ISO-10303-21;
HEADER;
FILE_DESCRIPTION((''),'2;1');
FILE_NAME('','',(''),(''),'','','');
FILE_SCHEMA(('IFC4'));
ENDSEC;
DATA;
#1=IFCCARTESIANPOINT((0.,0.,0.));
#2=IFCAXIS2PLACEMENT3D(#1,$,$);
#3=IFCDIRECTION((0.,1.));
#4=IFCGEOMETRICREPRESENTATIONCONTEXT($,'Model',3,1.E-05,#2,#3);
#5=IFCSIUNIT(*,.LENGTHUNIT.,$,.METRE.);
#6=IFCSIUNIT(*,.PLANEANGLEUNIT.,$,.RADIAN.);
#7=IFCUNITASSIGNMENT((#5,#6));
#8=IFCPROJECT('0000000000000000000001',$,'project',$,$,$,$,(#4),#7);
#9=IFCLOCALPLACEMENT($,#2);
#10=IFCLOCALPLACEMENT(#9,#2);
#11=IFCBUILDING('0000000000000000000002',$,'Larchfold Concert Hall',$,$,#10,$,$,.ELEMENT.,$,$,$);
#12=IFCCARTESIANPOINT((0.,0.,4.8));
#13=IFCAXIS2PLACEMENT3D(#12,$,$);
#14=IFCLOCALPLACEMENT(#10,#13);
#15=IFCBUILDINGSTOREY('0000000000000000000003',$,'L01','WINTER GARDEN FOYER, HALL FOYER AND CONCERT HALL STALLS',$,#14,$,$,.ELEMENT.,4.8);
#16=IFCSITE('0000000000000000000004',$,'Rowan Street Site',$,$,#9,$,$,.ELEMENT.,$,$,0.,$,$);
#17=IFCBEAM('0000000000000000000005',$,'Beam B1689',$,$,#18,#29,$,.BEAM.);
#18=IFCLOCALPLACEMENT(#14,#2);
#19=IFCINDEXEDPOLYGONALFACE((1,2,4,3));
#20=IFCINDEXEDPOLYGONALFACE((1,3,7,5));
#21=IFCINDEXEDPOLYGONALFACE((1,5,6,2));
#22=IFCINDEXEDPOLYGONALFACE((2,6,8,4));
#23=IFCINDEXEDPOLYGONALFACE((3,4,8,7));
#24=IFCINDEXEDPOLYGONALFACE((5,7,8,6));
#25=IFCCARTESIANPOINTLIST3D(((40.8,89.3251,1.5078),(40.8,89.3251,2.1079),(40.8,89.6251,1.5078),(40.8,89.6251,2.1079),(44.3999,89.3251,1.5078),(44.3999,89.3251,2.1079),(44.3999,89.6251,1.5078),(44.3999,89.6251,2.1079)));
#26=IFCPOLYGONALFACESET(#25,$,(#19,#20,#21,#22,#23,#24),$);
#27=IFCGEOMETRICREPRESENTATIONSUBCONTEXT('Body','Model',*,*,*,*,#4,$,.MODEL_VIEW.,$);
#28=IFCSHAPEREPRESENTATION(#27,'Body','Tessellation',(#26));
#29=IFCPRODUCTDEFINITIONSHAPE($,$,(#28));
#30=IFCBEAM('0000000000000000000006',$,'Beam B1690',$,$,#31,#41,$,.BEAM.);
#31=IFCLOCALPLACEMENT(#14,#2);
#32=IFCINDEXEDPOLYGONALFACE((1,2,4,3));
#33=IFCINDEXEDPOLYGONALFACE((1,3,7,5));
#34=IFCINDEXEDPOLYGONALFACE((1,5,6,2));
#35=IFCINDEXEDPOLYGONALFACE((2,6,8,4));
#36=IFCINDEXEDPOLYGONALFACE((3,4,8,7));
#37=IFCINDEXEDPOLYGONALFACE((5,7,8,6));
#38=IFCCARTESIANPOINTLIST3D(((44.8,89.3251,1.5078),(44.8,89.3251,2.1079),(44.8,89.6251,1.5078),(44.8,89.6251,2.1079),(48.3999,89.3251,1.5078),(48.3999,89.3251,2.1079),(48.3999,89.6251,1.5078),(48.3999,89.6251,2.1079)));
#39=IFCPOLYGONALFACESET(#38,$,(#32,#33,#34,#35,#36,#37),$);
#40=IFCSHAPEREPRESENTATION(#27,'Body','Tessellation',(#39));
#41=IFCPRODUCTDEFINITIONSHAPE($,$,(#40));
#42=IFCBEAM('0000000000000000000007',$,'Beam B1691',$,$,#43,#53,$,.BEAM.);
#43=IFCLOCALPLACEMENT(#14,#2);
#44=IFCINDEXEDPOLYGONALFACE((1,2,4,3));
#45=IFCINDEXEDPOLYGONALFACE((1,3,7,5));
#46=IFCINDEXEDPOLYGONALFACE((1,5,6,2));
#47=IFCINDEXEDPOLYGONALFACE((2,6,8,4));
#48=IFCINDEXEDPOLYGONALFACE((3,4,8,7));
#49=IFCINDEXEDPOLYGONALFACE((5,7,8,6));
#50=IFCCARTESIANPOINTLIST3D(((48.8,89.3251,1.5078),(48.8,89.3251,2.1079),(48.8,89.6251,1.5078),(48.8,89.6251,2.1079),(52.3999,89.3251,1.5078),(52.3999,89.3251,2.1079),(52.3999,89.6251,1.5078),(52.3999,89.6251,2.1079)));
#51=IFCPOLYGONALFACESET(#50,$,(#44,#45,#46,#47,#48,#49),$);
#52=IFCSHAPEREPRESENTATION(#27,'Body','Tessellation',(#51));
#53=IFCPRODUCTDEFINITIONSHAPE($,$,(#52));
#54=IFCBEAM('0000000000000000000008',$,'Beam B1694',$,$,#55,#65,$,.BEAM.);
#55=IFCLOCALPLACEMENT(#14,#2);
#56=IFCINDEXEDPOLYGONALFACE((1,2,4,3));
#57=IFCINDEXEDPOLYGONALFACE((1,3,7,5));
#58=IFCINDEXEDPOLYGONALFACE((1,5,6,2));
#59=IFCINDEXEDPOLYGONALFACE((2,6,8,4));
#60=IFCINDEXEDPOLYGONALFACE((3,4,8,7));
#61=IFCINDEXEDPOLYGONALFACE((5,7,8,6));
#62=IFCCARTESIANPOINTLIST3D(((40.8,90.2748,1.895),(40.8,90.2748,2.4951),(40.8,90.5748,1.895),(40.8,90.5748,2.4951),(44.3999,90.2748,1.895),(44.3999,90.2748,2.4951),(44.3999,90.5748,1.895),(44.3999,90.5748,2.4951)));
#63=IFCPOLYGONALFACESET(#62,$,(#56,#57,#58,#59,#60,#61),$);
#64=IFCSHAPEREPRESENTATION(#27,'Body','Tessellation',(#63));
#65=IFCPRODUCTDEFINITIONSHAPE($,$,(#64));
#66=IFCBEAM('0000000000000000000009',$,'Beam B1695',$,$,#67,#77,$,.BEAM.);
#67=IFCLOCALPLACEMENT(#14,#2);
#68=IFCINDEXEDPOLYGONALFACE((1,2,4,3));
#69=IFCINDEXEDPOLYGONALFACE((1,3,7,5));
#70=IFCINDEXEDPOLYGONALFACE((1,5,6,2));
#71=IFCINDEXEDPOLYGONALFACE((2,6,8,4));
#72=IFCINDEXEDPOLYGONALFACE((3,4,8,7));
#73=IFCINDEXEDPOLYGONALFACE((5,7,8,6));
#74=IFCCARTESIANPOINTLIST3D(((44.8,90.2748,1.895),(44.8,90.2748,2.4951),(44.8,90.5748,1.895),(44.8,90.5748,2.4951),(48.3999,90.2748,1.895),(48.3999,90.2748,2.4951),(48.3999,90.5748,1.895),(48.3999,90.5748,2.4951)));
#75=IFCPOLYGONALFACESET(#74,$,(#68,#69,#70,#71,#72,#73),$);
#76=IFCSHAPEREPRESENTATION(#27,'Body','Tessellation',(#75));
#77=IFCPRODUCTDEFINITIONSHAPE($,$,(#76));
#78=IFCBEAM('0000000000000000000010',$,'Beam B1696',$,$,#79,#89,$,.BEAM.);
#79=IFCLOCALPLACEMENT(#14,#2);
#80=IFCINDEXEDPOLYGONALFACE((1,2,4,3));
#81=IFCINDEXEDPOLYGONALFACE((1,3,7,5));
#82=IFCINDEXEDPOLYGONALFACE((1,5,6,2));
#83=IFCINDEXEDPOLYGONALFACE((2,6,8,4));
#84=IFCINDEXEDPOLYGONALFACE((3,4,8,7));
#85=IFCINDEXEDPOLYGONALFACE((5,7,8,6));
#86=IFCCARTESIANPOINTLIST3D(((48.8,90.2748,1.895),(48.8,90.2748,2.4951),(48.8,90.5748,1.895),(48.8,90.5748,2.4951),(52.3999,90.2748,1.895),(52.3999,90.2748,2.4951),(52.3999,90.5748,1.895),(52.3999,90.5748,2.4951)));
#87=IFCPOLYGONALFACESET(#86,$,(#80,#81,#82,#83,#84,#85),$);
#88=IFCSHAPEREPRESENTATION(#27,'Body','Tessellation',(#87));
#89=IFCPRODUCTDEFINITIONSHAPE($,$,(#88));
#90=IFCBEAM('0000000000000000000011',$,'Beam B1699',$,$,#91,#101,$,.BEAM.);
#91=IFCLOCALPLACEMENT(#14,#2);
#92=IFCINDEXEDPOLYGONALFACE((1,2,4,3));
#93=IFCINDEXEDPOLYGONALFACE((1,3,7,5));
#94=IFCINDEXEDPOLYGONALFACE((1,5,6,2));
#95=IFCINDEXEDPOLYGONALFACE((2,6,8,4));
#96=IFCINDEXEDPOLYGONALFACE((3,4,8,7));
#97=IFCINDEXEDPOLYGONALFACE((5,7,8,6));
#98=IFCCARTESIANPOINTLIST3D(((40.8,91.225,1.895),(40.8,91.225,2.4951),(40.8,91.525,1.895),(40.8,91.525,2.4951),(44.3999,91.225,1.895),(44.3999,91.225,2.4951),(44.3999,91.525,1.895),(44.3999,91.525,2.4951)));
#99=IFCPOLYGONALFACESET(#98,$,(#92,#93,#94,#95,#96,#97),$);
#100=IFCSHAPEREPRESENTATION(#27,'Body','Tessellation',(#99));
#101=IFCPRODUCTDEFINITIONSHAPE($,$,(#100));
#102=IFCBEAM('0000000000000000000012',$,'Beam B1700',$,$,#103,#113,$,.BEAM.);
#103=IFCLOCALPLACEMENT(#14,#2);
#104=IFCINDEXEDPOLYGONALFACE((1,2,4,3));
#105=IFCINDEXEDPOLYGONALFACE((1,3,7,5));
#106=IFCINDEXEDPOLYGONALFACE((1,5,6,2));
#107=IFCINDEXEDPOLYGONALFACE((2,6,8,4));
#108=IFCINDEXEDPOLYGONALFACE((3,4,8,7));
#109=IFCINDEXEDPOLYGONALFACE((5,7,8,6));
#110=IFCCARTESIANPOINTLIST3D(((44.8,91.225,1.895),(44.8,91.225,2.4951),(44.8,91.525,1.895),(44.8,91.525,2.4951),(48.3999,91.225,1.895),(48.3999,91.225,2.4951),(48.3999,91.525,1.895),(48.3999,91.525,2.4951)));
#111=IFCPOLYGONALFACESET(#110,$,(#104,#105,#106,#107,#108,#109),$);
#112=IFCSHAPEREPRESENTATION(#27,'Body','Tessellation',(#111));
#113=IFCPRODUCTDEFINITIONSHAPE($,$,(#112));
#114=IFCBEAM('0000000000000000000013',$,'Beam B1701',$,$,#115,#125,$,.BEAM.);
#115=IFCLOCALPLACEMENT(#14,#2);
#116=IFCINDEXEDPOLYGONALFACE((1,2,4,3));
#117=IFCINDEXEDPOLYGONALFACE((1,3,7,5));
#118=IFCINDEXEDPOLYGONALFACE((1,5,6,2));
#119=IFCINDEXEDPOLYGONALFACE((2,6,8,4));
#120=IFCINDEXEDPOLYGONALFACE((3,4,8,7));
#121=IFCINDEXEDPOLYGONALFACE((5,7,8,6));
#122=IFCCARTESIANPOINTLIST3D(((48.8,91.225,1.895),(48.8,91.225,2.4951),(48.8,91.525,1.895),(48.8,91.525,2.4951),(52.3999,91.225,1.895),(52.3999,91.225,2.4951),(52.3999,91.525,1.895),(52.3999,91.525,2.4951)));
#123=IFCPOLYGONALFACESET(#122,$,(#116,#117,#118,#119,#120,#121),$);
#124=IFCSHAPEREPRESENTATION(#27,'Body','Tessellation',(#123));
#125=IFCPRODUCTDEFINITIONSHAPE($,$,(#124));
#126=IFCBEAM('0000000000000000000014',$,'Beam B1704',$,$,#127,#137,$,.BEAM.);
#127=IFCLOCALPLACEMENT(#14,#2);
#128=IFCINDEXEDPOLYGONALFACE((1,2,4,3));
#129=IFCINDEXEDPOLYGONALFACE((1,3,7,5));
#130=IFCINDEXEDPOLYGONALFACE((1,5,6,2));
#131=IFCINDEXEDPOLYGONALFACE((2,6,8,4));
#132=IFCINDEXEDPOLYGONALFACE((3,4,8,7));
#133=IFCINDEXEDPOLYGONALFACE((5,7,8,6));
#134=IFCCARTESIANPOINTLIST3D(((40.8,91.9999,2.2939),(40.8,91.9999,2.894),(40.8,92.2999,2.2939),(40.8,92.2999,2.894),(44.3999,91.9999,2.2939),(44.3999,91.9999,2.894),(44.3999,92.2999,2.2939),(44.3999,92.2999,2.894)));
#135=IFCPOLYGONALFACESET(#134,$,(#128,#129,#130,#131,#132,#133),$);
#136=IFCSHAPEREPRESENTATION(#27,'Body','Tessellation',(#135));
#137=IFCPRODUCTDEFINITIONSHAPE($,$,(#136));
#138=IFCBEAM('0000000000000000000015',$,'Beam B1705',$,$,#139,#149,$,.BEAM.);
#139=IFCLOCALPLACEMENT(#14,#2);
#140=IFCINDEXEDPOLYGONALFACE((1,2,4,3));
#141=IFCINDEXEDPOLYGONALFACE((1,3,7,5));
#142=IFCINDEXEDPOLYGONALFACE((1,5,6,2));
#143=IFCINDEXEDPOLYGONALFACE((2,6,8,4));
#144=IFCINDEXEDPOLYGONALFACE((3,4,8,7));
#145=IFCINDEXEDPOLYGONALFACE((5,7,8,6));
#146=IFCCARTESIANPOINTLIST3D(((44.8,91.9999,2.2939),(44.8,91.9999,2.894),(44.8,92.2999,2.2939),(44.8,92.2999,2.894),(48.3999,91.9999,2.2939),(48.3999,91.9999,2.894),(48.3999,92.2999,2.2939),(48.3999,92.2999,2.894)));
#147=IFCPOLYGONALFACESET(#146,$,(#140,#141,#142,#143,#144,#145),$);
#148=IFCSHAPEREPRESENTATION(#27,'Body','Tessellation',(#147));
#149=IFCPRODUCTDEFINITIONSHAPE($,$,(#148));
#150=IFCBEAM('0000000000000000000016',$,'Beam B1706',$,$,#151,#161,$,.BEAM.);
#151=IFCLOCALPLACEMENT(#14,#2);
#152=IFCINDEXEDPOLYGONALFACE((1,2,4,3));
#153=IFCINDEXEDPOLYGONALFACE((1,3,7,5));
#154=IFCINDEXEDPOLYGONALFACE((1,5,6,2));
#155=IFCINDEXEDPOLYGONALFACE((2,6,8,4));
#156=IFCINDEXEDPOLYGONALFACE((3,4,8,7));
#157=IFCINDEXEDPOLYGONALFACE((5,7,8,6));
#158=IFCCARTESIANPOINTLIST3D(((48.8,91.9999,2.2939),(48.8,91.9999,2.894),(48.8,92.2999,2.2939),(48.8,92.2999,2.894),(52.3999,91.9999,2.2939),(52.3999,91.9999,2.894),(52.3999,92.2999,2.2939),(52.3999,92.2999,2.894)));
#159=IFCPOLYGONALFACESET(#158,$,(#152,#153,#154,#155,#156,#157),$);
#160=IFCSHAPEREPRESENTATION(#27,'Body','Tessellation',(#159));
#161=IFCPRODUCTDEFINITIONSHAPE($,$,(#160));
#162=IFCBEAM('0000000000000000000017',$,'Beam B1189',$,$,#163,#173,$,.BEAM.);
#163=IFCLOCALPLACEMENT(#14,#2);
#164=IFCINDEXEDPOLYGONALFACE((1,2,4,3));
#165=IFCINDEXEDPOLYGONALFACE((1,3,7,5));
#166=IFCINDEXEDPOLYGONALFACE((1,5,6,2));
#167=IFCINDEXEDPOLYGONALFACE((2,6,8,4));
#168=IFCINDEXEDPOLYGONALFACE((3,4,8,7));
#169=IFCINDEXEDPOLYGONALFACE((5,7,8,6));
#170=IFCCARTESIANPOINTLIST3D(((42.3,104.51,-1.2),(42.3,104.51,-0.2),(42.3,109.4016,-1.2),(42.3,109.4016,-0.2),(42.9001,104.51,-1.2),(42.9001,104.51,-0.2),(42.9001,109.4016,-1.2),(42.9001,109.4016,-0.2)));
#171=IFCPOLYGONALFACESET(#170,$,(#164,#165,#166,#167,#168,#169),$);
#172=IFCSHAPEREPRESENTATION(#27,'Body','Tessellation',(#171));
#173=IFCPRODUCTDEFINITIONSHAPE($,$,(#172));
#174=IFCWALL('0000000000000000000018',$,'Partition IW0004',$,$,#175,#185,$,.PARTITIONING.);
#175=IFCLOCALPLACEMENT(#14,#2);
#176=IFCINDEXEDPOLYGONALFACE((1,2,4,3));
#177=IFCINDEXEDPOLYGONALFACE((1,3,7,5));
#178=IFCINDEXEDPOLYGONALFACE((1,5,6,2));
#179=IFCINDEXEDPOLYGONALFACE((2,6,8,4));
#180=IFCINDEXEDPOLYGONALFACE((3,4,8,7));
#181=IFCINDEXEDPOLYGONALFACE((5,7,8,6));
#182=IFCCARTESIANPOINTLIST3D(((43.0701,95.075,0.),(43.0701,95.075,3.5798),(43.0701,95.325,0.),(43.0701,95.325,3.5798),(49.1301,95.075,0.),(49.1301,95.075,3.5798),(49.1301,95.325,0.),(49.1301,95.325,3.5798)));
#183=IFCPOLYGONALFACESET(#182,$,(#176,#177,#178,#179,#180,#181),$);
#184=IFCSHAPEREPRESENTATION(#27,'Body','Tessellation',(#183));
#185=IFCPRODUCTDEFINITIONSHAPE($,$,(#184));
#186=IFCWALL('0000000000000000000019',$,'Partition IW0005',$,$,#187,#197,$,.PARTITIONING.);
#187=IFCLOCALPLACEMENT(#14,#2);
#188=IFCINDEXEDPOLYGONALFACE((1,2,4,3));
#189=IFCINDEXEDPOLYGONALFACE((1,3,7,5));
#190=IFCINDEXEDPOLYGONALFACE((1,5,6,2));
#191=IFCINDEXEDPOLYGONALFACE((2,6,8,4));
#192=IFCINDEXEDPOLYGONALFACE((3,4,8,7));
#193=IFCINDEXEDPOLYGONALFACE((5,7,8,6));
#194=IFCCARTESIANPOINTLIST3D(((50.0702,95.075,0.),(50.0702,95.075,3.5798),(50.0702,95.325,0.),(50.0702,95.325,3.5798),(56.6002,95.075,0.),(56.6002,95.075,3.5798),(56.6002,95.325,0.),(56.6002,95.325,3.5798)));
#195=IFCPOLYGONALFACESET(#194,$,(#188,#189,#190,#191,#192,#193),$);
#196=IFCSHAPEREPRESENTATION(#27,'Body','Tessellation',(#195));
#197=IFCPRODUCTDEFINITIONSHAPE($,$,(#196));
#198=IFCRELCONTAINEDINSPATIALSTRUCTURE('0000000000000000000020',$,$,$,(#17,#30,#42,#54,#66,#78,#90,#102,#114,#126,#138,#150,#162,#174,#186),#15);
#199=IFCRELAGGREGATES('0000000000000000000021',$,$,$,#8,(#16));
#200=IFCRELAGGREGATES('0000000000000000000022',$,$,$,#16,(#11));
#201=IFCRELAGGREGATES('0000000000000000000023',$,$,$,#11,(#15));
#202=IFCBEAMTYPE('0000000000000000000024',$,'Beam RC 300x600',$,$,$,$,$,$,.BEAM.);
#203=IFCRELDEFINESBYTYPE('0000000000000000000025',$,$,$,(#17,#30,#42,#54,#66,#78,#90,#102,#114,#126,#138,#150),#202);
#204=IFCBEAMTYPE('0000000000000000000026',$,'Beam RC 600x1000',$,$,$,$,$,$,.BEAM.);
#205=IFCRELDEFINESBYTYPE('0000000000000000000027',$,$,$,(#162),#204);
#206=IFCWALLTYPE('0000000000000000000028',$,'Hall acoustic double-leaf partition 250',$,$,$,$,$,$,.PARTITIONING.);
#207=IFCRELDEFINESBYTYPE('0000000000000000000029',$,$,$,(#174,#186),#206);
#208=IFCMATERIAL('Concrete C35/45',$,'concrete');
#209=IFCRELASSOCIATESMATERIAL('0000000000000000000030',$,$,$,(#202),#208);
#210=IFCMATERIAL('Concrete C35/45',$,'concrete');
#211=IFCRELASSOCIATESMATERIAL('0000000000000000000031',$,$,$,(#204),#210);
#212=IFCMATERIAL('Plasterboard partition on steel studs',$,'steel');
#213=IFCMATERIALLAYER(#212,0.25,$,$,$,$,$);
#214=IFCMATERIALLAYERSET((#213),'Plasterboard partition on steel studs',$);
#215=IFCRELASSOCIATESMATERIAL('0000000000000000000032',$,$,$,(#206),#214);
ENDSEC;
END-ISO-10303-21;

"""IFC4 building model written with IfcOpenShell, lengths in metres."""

from ifc_helpers import new_model, si_unit, direction, frame, frame_2d, origin, origin_2d, place, context, subcontext, project, spatial, rectangle, extrude, material, layer, layer_set, material_profile, profile_set, type_object, element, save


model = new_model("IFC4")

# Units and contexts
model_context = context("Model", 3, precision=1e-05, world=origin(), true_north=direction((0.0, 1.0)))
body_context = subcontext(model_context, "Body", "Model", "MODEL_VIEW")
ifc_project = project(units=[si_unit("LENGTHUNIT", "METRE"), si_unit("PLANEANGLEUNIT", "RADIAN")], contexts=[model_context])

# Site, building, storey
site_placement = place(None, origin())
site = spatial("IfcSite", under=ifc_project, at=site_placement, Name="Rowan Street Site", CompositionType="ELEMENT", RefElevation=0.0)
building_placement = place(site_placement, origin())
building = spatial("IfcBuilding", under=site, at=building_placement, Name="Larchfold Concert Hall", CompositionType="ELEMENT")
storey_placement = place(building_placement, frame((0.0, 0.0, 4.8)))
storey = spatial("IfcBuildingStorey", under=building, at=storey_placement, Name="L01", Description="WINTER GARDEN FOYER, HALL FOYER AND CONCERT HALL STALLS", CompositionType="ELEMENT", Elevation=4.8)

# Beams
ifc_material_1 = material(Name="Concrete C35/45", Category="concrete")
ifc_material_profile_1 = material_profile(ifc_material_1, rectangle(XDim=0.3, YDim=0.6001, at=origin_2d()))
ifc_profile_set_1 = profile_set([ifc_material_profile_1], Name="Concrete C35/45")
beam_type_1 = type_object("IfcBeamType", Name="Beam RC 300x600", PredefinedType="BEAM", material=ifc_profile_set_1)
for number, where, z_axis, x_axis, name in (
    (1, (40.8, 89.4751, 1.8079), (1.0, 0.0, 0.0), (0.0, 1.0, 0.0), "Beam B1689"),
    (2, (44.8, 89.4751, 1.8079), (1.0, 0.0, 0.0), (0.0, 1.0, 0.0), "Beam B1690"),
    (3, (48.8, 89.4751, 1.8079), (1.0, 0.0, 0.0), (0.0, 1.0, 0.0), "Beam B1691"),
    (4, (40.8, 90.4248, 2.1951), (1.0, 0.0, 0.0), (0.0, 1.0, 0.0), "Beam B1694"),
    (5, (44.8, 90.4248, 2.1951), (1.0, 0.0, 0.0), (0.0, 1.0, 0.0), "Beam B1695"),
    (6, (48.8, 90.4248, 2.1951), (1.0, 0.0, 0.0), (0.0, 1.0, 0.0), "Beam B1696"),
    (7, (40.8, 91.375, 2.1951), (1.0, 0.0, 0.0), (0.0, 1.0, 0.0), "Beam B1699"),
    (8, (44.8, 91.375, 2.1951), (1.0, 0.0, 0.0), (0.0, 1.0, 0.0), "Beam B1700"),
    (9, (48.8, 91.375, 2.1951), (1.0, 0.0, 0.0), (0.0, 1.0, 0.0), "Beam B1701"),
    (10, (40.8, 92.1499, 2.594), (1.0, 0.0, 0.0), (0.0, 1.0, 0.0), "Beam B1704"),
    (11, (44.8, 92.1499, 2.594), (1.0, 0.0, 0.0), (0.0, 1.0, 0.0), "Beam B1705"),
    (12, (48.8, 92.1499, 2.594), (1.0, 0.0, 0.0), (0.0, 1.0, 0.0), "Beam B1706"),
):
    element("IfcBeam", number, at=place(storey_placement, frame(where, z_axis=z_axis, x_axis=x_axis)), inside=storey, type_object=beam_type_1, Name=name, PredefinedType="BEAM", context=body_context, shape_type="SweptSolid", body=[
        extrude(rectangle(XDim=0.3, YDim=0.6001, at=origin_2d()), origin(), (0.0, 0.0, 1.0), 3.5999),
    ])
ifc_material_2 = material(Name="Concrete C35/45", Category="concrete")
ifc_material_profile_2 = material_profile(ifc_material_2, rectangle(XDim=0.6001, YDim=1.0, at=origin_2d()))
ifc_profile_set_2 = profile_set([ifc_material_profile_2], Name="Concrete C35/45")
beam_type_2 = type_object("IfcBeamType", Name="Beam RC 600x1000", PredefinedType="BEAM", material=ifc_profile_set_2)
beam_placement = place(storey_placement, frame((42.6001, 104.51, -0.7), z_axis=(0.0, 1.0, 0.0), x_axis=(-1.0, 0.0, 0.0)))
element("IfcBeam", 13, at=beam_placement, inside=storey, type_object=beam_type_2, Name="Beam B1189", PredefinedType="BEAM", context=body_context, shape_type="SweptSolid", body=[
    extrude(rectangle(XDim=0.6001, YDim=1.0, at=origin_2d()), origin(), (0.0, 0.0, 1.0), 4.8916),
])

# Walls
ifc_material_3 = material(Name="Plasterboard partition on steel studs", Category="steel")
ifc_layer = layer(ifc_material_3, 0.25)
ifc_layer_set = layer_set([ifc_layer], Name="Plasterboard partition on steel studs")
wall_type = type_object("IfcWallType", Name="Hall acoustic double-leaf partition 250", PredefinedType="PARTITIONING", material=ifc_layer_set)
wall_1_placement = place(storey_placement, frame((43.0701, 95.2, 0.0), z_axis=(0.0, 0.0, 1.0), x_axis=(1.0, 0.0, 0.0)))
element("IfcWall", 14, at=wall_1_placement, inside=storey, type_object=wall_type, Name="Partition IW0004", PredefinedType="PARTITIONING", context=body_context, shape_type="SweptSolid", body=[
    extrude(rectangle(XDim=6.0601, YDim=0.25, at=frame_2d((3.03, 0.0))), origin(), (0.0, 0.0, 1.0), 3.5798),
])
wall_2_placement = place(storey_placement, frame((50.0701, 95.2, 0.0), z_axis=(0.0, 0.0, 1.0), x_axis=(1.0, 0.0, 0.0)))
element("IfcWall", 15, at=wall_2_placement, inside=storey, type_object=wall_type, Name="Partition IW0005", PredefinedType="PARTITIONING", context=body_context, shape_type="SweptSolid", body=[
    extrude(rectangle(XDim=6.53, YDim=0.25, at=frame_2d((3.2651, 0.0))), origin(), (0.0, 0.0, 1.0), 3.5798),
])

save(model, "model.ifc")
